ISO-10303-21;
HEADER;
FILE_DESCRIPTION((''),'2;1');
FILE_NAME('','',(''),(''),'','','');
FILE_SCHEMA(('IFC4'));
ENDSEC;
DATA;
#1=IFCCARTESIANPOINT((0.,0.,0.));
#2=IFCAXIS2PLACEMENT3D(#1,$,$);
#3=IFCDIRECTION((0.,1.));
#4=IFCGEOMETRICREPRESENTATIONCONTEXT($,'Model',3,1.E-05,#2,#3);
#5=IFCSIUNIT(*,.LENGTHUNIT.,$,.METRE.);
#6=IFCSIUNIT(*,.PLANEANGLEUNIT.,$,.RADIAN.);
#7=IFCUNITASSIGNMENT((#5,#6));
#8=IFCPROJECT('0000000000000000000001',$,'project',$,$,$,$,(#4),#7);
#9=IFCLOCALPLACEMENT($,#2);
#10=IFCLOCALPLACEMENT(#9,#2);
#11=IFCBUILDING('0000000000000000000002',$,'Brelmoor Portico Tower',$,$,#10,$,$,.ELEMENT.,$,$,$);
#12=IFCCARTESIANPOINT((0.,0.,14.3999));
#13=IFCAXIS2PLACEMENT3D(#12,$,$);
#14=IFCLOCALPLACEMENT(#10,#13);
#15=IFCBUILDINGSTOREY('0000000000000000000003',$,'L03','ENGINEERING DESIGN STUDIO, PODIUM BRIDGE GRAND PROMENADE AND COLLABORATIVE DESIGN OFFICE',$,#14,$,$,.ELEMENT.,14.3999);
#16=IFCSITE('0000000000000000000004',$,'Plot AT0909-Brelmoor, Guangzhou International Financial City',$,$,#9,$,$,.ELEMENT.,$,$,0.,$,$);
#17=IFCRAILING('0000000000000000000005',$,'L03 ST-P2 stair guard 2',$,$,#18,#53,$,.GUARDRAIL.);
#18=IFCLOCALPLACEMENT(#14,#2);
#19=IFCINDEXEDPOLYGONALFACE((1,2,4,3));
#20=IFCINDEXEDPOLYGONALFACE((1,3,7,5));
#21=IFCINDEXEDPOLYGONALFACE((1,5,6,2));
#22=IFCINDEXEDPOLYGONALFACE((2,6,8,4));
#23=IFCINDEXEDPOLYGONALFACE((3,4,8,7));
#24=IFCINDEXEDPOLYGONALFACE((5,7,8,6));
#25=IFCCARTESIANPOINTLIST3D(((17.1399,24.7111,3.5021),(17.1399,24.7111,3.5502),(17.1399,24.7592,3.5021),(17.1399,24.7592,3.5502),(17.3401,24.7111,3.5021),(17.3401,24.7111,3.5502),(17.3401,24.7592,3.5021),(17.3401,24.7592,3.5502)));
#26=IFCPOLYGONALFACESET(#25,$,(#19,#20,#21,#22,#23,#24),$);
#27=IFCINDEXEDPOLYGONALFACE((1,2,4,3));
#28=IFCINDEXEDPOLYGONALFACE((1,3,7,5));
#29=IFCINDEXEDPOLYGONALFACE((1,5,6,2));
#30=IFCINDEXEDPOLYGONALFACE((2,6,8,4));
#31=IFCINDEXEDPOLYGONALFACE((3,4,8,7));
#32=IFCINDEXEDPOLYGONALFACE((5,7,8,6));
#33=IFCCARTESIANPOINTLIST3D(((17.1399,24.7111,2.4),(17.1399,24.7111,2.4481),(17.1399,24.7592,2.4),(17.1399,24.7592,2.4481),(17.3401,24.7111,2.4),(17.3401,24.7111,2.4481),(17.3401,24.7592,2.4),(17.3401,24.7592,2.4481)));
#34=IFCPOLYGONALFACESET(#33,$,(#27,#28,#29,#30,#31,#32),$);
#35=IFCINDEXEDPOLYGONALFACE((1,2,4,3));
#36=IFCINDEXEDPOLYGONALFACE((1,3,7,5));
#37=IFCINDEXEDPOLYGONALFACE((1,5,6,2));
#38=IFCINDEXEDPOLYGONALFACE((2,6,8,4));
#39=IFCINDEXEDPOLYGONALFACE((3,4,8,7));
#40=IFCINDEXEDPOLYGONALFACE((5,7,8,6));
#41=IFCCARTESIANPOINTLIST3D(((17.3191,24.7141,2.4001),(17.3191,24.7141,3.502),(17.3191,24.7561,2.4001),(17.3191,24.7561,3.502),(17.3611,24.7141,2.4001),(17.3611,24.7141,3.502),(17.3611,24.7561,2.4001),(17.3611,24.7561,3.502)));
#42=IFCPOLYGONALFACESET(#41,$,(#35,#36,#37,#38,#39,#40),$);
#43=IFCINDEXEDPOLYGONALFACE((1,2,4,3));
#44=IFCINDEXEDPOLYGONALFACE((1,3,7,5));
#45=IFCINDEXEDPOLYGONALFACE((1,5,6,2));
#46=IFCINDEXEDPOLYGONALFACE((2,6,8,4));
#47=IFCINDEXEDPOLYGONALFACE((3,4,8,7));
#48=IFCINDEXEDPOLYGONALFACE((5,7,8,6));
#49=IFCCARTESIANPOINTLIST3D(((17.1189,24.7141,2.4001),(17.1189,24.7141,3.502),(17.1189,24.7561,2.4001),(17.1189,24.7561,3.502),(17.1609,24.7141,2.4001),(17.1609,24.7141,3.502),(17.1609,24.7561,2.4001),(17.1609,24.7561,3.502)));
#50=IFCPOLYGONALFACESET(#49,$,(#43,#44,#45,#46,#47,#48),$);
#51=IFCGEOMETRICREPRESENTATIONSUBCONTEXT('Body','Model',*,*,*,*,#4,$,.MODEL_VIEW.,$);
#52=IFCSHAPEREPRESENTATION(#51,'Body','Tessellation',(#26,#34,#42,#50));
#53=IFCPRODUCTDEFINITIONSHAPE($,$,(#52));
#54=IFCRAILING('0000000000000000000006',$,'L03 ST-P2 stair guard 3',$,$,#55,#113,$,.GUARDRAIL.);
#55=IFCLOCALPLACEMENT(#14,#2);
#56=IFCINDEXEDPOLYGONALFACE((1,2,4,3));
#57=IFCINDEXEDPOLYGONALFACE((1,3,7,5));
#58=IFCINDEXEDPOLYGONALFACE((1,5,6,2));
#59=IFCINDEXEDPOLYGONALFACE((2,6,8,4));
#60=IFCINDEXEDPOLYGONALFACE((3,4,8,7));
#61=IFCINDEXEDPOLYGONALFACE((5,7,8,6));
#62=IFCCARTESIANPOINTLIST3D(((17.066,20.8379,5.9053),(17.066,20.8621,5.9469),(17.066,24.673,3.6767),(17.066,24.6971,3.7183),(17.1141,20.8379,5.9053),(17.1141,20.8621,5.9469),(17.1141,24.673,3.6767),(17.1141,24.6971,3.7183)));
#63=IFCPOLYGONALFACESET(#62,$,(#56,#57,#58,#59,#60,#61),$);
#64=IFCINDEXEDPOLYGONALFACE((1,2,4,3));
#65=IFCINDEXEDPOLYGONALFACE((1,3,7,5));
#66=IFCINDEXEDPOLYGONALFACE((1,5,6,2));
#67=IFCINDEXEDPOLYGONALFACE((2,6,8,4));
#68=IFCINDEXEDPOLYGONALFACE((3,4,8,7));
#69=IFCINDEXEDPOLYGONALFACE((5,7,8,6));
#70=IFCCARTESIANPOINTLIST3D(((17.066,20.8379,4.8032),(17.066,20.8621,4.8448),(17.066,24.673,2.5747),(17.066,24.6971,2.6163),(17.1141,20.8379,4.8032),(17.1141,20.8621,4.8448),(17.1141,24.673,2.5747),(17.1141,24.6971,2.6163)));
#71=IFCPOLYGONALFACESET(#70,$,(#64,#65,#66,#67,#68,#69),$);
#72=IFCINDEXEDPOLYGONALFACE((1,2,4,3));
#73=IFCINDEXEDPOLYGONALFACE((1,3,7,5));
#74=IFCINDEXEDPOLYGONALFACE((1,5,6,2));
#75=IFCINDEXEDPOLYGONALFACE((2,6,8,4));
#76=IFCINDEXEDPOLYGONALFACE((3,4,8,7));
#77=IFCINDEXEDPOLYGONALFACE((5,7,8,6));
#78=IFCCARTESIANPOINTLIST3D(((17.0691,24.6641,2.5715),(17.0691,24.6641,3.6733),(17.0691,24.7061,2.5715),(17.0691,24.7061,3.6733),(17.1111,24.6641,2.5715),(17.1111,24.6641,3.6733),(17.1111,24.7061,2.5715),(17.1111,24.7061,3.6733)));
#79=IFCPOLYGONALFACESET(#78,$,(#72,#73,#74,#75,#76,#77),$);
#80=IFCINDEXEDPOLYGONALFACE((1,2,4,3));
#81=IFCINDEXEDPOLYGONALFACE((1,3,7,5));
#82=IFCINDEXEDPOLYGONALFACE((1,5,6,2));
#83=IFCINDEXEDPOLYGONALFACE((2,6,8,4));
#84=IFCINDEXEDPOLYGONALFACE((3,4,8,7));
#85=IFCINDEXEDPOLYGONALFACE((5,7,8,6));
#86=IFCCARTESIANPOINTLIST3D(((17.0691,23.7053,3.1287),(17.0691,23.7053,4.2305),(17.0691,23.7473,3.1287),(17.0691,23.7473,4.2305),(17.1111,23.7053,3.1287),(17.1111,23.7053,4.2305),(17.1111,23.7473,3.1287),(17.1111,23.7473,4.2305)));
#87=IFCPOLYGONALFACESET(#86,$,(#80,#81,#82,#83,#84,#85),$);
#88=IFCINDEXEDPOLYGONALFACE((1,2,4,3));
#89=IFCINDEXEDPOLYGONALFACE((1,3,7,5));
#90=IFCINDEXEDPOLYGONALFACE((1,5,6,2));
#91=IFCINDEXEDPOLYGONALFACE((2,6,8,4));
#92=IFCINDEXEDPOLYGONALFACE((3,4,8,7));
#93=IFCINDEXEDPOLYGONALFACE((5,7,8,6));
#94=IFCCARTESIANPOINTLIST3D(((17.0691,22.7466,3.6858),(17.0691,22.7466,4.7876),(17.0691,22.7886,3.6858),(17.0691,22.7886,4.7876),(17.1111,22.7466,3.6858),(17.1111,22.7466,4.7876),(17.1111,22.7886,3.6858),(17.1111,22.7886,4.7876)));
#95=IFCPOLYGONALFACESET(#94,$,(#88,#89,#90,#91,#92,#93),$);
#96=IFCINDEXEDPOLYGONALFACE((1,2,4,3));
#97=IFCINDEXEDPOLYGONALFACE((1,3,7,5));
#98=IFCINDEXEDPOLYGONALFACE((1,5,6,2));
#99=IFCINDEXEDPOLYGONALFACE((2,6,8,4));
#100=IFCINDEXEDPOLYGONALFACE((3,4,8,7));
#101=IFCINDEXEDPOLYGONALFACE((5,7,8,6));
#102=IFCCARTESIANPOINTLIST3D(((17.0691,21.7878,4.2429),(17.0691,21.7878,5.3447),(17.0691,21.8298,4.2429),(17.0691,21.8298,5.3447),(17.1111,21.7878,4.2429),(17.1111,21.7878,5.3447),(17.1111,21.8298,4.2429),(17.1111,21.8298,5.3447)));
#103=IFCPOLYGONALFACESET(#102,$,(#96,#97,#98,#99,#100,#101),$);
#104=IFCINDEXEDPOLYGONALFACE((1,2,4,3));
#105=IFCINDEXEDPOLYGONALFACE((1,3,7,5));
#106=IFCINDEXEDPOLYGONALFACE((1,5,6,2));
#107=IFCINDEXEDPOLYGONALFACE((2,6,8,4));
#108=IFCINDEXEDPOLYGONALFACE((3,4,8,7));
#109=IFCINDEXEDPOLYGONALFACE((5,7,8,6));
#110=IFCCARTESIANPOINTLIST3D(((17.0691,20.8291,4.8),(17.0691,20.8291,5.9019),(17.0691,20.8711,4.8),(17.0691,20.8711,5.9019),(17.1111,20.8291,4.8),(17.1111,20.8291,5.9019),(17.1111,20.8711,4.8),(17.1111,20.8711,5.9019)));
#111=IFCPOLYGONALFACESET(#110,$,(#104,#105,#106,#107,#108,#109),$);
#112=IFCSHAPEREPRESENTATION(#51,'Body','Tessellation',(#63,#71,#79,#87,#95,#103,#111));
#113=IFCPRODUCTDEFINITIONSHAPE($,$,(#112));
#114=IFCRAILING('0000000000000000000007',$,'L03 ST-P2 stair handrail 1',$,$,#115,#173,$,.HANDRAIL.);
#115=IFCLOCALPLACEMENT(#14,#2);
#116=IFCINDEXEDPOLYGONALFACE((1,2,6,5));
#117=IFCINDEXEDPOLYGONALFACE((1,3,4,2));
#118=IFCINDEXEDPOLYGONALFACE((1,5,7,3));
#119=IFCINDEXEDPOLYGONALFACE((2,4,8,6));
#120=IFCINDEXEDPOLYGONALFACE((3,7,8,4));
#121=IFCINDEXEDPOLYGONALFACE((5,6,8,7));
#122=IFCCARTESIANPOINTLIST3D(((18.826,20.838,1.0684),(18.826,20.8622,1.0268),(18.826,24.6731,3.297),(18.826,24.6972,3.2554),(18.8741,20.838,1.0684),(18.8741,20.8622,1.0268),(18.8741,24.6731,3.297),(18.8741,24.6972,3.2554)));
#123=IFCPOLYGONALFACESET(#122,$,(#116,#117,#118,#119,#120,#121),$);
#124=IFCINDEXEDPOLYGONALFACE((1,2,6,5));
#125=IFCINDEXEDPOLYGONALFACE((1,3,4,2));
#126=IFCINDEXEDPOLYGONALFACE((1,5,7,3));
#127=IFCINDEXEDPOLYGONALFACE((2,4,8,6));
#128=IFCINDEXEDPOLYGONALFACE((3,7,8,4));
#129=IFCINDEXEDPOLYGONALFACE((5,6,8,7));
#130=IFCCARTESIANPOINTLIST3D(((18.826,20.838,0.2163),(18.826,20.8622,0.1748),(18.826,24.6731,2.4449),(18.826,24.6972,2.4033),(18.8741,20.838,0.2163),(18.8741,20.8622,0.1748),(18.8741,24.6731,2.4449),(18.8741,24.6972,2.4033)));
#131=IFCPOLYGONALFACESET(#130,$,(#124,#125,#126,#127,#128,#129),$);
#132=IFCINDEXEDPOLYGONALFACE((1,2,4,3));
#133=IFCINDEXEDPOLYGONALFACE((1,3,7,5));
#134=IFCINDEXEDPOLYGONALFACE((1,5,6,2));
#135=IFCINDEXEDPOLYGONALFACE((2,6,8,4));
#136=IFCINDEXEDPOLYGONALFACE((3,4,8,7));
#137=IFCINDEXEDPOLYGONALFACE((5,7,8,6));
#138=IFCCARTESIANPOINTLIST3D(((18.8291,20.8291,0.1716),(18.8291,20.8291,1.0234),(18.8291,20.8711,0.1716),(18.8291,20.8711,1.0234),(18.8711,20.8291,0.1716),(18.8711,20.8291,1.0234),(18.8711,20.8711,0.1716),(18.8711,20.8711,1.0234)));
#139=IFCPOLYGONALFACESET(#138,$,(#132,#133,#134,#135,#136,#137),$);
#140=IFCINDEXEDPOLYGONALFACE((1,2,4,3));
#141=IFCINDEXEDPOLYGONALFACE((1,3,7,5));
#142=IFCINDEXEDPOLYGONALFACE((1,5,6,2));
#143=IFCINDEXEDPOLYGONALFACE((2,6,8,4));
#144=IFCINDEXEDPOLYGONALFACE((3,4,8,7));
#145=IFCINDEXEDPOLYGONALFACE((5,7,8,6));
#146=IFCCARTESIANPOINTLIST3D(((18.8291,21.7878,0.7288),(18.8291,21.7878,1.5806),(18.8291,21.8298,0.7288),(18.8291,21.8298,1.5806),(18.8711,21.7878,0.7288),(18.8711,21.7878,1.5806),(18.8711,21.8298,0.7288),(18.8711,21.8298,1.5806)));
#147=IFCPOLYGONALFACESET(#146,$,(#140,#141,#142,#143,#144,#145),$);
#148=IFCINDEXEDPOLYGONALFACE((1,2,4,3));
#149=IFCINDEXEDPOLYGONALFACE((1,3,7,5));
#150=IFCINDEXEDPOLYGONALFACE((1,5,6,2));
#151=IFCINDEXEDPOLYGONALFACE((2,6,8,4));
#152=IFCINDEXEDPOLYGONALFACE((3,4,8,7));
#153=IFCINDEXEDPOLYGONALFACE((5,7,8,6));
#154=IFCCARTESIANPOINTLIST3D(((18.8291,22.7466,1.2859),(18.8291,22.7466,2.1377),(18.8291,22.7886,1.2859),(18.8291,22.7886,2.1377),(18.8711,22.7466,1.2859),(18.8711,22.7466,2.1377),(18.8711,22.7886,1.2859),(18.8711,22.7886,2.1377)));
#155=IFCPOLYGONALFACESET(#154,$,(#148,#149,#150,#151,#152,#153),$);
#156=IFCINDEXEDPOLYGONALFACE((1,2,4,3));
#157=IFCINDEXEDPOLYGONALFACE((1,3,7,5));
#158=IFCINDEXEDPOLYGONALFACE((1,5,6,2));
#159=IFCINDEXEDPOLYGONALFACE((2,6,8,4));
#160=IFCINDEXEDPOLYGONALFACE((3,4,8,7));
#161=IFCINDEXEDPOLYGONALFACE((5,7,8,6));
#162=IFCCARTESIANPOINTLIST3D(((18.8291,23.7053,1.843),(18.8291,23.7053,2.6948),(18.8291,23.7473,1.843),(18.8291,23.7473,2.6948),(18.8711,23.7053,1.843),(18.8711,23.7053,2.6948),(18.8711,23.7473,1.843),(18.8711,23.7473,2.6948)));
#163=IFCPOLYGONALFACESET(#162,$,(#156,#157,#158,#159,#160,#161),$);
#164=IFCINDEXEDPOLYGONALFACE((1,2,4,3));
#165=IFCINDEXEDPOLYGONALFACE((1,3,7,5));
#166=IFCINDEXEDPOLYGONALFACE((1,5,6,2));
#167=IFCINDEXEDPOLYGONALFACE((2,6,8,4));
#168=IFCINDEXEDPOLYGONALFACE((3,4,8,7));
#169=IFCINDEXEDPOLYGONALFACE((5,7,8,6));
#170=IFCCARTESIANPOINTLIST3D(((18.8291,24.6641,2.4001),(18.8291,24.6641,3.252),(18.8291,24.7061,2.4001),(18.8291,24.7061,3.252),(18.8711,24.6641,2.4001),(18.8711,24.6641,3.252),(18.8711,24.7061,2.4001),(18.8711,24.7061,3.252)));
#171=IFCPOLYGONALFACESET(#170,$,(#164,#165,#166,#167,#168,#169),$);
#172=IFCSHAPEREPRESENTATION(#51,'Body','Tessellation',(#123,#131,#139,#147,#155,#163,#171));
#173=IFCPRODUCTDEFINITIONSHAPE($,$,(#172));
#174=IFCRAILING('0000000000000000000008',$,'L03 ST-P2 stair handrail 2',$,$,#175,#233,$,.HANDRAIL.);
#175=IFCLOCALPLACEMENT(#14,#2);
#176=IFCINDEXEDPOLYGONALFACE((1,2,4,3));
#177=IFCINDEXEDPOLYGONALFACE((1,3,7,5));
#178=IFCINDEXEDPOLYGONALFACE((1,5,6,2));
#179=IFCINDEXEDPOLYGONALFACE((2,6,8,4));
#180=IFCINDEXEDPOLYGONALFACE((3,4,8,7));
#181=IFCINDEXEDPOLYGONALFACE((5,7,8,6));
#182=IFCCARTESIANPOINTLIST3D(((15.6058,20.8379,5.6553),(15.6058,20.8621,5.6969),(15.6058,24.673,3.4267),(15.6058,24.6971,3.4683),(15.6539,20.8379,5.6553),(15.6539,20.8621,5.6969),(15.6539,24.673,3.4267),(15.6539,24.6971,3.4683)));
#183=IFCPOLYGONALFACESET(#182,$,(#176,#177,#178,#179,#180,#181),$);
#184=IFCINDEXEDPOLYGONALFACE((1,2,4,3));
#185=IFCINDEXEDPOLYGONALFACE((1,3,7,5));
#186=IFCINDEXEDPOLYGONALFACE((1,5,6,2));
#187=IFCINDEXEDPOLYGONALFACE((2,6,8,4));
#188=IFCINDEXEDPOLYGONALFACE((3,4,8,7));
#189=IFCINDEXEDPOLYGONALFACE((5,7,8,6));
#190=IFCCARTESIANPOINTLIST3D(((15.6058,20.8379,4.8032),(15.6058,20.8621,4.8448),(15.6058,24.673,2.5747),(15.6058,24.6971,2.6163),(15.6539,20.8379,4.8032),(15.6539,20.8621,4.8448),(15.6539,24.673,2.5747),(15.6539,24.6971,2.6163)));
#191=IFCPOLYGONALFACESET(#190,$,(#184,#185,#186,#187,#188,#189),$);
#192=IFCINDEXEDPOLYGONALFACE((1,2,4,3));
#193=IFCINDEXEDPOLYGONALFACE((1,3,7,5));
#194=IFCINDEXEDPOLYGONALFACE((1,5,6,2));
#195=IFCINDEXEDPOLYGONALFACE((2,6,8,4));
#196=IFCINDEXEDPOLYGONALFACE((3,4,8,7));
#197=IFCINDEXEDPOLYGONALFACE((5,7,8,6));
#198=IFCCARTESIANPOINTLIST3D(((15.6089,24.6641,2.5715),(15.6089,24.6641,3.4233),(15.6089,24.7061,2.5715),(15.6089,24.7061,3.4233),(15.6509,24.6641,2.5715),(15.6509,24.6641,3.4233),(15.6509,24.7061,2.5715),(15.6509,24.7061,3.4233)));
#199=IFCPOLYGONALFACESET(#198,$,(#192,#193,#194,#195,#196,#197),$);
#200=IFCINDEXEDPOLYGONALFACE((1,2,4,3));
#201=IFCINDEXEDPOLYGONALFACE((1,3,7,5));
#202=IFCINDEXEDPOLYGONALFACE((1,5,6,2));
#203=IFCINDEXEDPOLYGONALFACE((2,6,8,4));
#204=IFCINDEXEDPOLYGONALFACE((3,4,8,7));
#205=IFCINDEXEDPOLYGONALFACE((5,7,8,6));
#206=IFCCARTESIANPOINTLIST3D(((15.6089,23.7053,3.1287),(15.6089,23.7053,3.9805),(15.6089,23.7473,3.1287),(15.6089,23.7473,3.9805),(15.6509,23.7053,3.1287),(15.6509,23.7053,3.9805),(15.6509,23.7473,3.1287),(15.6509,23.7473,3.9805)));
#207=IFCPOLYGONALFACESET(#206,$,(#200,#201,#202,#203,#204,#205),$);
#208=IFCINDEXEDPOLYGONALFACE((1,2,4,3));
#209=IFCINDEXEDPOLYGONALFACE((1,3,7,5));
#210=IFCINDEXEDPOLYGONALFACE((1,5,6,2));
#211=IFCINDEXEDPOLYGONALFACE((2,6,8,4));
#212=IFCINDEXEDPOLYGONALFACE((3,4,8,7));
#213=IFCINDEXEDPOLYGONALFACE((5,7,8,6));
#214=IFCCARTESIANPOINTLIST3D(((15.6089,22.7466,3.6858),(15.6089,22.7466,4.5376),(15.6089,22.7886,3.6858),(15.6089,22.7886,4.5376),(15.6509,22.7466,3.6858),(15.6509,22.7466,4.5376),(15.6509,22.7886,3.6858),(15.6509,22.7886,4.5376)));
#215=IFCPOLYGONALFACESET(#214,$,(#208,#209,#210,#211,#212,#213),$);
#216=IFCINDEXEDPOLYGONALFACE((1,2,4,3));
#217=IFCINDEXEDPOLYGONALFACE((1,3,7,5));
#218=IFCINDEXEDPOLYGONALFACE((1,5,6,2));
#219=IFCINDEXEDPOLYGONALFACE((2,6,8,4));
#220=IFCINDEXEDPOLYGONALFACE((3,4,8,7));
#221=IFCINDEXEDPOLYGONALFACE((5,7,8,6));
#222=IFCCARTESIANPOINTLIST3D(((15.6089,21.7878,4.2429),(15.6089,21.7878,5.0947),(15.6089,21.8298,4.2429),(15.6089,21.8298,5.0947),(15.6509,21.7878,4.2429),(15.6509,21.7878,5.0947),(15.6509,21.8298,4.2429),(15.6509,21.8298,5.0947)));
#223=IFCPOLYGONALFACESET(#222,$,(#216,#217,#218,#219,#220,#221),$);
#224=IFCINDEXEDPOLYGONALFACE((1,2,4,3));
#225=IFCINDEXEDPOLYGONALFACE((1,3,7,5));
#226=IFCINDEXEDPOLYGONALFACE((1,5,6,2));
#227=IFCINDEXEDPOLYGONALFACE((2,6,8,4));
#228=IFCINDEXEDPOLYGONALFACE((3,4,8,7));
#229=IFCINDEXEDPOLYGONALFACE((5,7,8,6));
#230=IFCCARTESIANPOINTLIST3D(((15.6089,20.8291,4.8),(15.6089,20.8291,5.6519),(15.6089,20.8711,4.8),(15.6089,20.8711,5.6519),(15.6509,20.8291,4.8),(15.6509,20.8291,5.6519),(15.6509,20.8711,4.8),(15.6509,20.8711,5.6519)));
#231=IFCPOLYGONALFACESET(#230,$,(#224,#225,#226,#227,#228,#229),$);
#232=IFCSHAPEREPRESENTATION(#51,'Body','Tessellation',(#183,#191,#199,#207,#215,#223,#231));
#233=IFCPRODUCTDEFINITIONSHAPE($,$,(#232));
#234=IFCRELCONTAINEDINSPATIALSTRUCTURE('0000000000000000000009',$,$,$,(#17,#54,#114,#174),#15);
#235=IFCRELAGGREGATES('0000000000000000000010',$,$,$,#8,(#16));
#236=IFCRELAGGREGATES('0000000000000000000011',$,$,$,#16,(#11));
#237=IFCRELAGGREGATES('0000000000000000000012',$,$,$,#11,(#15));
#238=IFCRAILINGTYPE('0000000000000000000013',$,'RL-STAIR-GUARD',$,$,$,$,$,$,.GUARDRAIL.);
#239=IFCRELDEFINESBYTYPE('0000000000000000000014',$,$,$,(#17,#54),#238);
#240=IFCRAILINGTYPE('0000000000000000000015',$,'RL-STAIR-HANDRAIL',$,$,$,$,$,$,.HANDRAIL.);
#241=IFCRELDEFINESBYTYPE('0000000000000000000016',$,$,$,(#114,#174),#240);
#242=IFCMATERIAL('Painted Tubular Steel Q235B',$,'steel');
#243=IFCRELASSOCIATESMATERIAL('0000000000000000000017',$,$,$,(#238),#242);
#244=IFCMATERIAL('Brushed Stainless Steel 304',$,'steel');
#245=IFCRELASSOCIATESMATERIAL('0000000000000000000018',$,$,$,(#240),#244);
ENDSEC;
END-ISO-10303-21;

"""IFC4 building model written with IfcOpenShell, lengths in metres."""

from ifc_helpers import new_model, si_unit, direction, frame, origin, origin_2d, place, context, subcontext, project, spatial, rectangle, extrude, material, type_object, element, save


model = new_model("IFC4")

# Units and contexts
model_context = context("Model", 3, precision=1e-05, world=origin(), true_north=direction((0.0, 1.0)))
body_context = subcontext(model_context, "Body", "Model", "MODEL_VIEW")
ifc_project = project(units=[si_unit("LENGTHUNIT", "METRE"), si_unit("PLANEANGLEUNIT", "RADIAN")], contexts=[model_context])

# Site, building, storey
site_placement = place(None, origin())
site = spatial("IfcSite", under=ifc_project, at=site_placement, Name="Plot AT0909-Brelmoor, Guangzhou International Financial City", CompositionType="ELEMENT", RefElevation=0.0)
building_placement = place(site_placement, origin())
building = spatial("IfcBuilding", under=site, at=building_placement, Name="Brelmoor Portico Tower", CompositionType="ELEMENT")
storey_placement = place(building_placement, frame((0.0, 0.0, 14.3999)))
storey = spatial("IfcBuildingStorey", under=building, at=storey_placement, Name="L03", Description="ENGINEERING DESIGN STUDIO, PODIUM BRIDGE GRAND PROMENADE AND COLLABORATIVE DESIGN OFFICE", CompositionType="ELEMENT", Elevation=14.3999)

# Railings
ifc_material_1 = material(Name="Painted Tubular Steel Q235B", Category="steel")
railing_type_1 = type_object("IfcRailingType", Name="RL-STAIR-GUARD", PredefinedType="GUARDRAIL", material=ifc_material_1)
railing_1_placement = place(storey_placement, frame((17.3401, 24.7351, 2.4001)))
element("IfcRailing", 1, at=railing_1_placement, inside=storey, type_object=railing_type_1, Name="L03 ST-P2 stair guard 2", PredefinedType="GUARDRAIL", context=body_context, shape_type="SweptSolid", body=[
    extrude(rectangle(XDim=0.0481, YDim=0.0481, at=origin_2d()), frame((0.0, 0.0, 1.126), z_axis=(-1.0, 0.0, 0.0), x_axis=(0.0, -1.0, 0.0)), (0.0, 0.0, 1.0), 0.2002),
    extrude(rectangle(XDim=0.0481, YDim=0.0481, at=origin_2d()), frame((0.0, 0.0, 0.0239), z_axis=(-1.0, 0.0, 0.0), x_axis=(0.0, -1.0, 0.0)), (0.0, 0.0, 1.0), 0.2002),
    extrude(rectangle(XDim=0.042, YDim=0.042, at=origin_2d()), origin(), (0.0, 0.0, 1.0), 1.1018),
    extrude(rectangle(XDim=0.042, YDim=0.042, at=origin_2d()), frame((-0.2002, 0.0, 0.0)), (0.0, 0.0, 1.0), 1.1018),
])
railing_2_placement = place(storey_placement, frame((17.0901, 24.6851, 2.5715)))
element("IfcRailing", 2, at=railing_2_placement, inside=storey, type_object=railing_type_1, Name="L03 ST-P2 stair guard 3", PredefinedType="GUARDRAIL", context=body_context, shape_type="SweptSolid", body=[
    extrude(rectangle(XDim=0.0481, YDim=0.0481, at=origin_2d()), frame((0.0, 0.0, 1.126), z_axis=(0.0, -0.864616, 0.502433), x_axis=(1.0, 0.0, 0.0)), (0.0, 0.0, 1.0), 4.4355),
    extrude(rectangle(XDim=0.0481, YDim=0.0481, at=origin_2d()), frame((0.0, 0.0, 0.0239), z_axis=(0.0, -0.864616, 0.502433), x_axis=(1.0, 0.0, 0.0)), (0.0, 0.0, 1.0), 4.4355),
    extrude(rectangle(XDim=0.042, YDim=0.042, at=origin_2d()), origin(), (0.0, 0.0, 1.0), 1.1018),
    extrude(rectangle(XDim=0.042, YDim=0.042, at=origin_2d()), frame((0.0, -0.9587, 0.5571)), (0.0, 0.0, 1.0), 1.1018),
    extrude(rectangle(XDim=0.042, YDim=0.042, at=origin_2d()), frame((0.0, -1.9175, 1.1143)), (0.0, 0.0, 1.0), 1.1018),
    extrude(rectangle(XDim=0.042, YDim=0.042, at=origin_2d()), frame((0.0, -2.8762, 1.6714)), (0.0, 0.0, 1.0), 1.1018),
    extrude(rectangle(XDim=0.042, YDim=0.042, at=origin_2d()), frame((0.0, -3.835, 2.2285)), (0.0, 0.0, 1.0), 1.1018),
])
ifc_material_2 = material(Name="Brushed Stainless Steel 304", Category="steel")
railing_type_2 = type_object("IfcRailingType", Name="RL-STAIR-HANDRAIL", PredefinedType="HANDRAIL", material=ifc_material_2)
railing_3_placement = place(storey_placement, frame((18.8501, 20.8501, 0.1716)))
element("IfcRailing", 3, at=railing_3_placement, inside=storey, type_object=railing_type_2, Name="L03 ST-P2 stair handrail 1", PredefinedType="HANDRAIL", context=body_context, shape_type="SweptSolid", body=[
    extrude(rectangle(XDim=0.0481, YDim=0.0481, at=origin_2d()), frame((0.0, 0.0, 0.876), z_axis=(0.0, 0.864616, 0.502433), x_axis=(-1.0, 0.0, 0.0)), (0.0, 0.0, 1.0), 4.4355),
    extrude(rectangle(XDim=0.0481, YDim=0.0481, at=origin_2d()), frame((0.0, 0.0, 0.0239), z_axis=(0.0, 0.864616, 0.502433), x_axis=(-1.0, 0.0, 0.0)), (0.0, 0.0, 1.0), 4.4355),
    extrude(rectangle(XDim=0.042, YDim=0.042, at=origin_2d()), origin(), (0.0, 0.0, 1.0), 0.8518),
    extrude(rectangle(XDim=0.042, YDim=0.042, at=origin_2d()), frame((0.0, 0.9587, 0.5571)), (0.0, 0.0, 1.0), 0.8518),
    extrude(rectangle(XDim=0.042, YDim=0.042, at=origin_2d()), frame((0.0, 1.9175, 1.1143)), (0.0, 0.0, 1.0), 0.8518),
    extrude(rectangle(XDim=0.042, YDim=0.042, at=origin_2d()), frame((0.0, 2.8762, 1.6714)), (0.0, 0.0, 1.0), 0.8518),
    extrude(rectangle(XDim=0.042, YDim=0.042, at=origin_2d()), frame((0.0, 3.835, 2.2285)), (0.0, 0.0, 1.0), 0.8518),
])
railing_4_placement = place(storey_placement, frame((15.6299, 24.6851, 2.5715)))
element("IfcRailing", 4, at=railing_4_placement, inside=storey, type_object=railing_type_2, Name="L03 ST-P2 stair handrail 2", PredefinedType="HANDRAIL", context=body_context, shape_type="SweptSolid", body=[
    extrude(rectangle(XDim=0.0481, YDim=0.0481, at=origin_2d()), frame((0.0, 0.0, 0.876), z_axis=(0.0, -0.864616, 0.502433), x_axis=(1.0, 0.0, 0.0)), (0.0, 0.0, 1.0), 4.4355),
    extrude(rectangle(XDim=0.0481, YDim=0.0481, at=origin_2d()), frame((0.0, 0.0, 0.0239), z_axis=(0.0, -0.864616, 0.502433), x_axis=(1.0, 0.0, 0.0)), (0.0, 0.0, 1.0), 4.4355),
    extrude(rectangle(XDim=0.042, YDim=0.042, at=origin_2d()), origin(), (0.0, 0.0, 1.0), 0.8518),
    extrude(rectangle(XDim=0.042, YDim=0.042, at=origin_2d()), frame((0.0, -0.9587, 0.5571)), (0.0, 0.0, 1.0), 0.8518),
    extrude(rectangle(XDim=0.042, YDim=0.042, at=origin_2d()), frame((0.0, -1.9175, 1.1143)), (0.0, 0.0, 1.0), 0.8518),
    extrude(rectangle(XDim=0.042, YDim=0.042, at=origin_2d()), frame((0.0, -2.8762, 1.6714)), (0.0, 0.0, 1.0), 0.8518),
    extrude(rectangle(XDim=0.042, YDim=0.042, at=origin_2d()), frame((0.0, -3.835, 2.2285)), (0.0, 0.0, 1.0), 0.8518),
])

save(model, "model.ifc")
